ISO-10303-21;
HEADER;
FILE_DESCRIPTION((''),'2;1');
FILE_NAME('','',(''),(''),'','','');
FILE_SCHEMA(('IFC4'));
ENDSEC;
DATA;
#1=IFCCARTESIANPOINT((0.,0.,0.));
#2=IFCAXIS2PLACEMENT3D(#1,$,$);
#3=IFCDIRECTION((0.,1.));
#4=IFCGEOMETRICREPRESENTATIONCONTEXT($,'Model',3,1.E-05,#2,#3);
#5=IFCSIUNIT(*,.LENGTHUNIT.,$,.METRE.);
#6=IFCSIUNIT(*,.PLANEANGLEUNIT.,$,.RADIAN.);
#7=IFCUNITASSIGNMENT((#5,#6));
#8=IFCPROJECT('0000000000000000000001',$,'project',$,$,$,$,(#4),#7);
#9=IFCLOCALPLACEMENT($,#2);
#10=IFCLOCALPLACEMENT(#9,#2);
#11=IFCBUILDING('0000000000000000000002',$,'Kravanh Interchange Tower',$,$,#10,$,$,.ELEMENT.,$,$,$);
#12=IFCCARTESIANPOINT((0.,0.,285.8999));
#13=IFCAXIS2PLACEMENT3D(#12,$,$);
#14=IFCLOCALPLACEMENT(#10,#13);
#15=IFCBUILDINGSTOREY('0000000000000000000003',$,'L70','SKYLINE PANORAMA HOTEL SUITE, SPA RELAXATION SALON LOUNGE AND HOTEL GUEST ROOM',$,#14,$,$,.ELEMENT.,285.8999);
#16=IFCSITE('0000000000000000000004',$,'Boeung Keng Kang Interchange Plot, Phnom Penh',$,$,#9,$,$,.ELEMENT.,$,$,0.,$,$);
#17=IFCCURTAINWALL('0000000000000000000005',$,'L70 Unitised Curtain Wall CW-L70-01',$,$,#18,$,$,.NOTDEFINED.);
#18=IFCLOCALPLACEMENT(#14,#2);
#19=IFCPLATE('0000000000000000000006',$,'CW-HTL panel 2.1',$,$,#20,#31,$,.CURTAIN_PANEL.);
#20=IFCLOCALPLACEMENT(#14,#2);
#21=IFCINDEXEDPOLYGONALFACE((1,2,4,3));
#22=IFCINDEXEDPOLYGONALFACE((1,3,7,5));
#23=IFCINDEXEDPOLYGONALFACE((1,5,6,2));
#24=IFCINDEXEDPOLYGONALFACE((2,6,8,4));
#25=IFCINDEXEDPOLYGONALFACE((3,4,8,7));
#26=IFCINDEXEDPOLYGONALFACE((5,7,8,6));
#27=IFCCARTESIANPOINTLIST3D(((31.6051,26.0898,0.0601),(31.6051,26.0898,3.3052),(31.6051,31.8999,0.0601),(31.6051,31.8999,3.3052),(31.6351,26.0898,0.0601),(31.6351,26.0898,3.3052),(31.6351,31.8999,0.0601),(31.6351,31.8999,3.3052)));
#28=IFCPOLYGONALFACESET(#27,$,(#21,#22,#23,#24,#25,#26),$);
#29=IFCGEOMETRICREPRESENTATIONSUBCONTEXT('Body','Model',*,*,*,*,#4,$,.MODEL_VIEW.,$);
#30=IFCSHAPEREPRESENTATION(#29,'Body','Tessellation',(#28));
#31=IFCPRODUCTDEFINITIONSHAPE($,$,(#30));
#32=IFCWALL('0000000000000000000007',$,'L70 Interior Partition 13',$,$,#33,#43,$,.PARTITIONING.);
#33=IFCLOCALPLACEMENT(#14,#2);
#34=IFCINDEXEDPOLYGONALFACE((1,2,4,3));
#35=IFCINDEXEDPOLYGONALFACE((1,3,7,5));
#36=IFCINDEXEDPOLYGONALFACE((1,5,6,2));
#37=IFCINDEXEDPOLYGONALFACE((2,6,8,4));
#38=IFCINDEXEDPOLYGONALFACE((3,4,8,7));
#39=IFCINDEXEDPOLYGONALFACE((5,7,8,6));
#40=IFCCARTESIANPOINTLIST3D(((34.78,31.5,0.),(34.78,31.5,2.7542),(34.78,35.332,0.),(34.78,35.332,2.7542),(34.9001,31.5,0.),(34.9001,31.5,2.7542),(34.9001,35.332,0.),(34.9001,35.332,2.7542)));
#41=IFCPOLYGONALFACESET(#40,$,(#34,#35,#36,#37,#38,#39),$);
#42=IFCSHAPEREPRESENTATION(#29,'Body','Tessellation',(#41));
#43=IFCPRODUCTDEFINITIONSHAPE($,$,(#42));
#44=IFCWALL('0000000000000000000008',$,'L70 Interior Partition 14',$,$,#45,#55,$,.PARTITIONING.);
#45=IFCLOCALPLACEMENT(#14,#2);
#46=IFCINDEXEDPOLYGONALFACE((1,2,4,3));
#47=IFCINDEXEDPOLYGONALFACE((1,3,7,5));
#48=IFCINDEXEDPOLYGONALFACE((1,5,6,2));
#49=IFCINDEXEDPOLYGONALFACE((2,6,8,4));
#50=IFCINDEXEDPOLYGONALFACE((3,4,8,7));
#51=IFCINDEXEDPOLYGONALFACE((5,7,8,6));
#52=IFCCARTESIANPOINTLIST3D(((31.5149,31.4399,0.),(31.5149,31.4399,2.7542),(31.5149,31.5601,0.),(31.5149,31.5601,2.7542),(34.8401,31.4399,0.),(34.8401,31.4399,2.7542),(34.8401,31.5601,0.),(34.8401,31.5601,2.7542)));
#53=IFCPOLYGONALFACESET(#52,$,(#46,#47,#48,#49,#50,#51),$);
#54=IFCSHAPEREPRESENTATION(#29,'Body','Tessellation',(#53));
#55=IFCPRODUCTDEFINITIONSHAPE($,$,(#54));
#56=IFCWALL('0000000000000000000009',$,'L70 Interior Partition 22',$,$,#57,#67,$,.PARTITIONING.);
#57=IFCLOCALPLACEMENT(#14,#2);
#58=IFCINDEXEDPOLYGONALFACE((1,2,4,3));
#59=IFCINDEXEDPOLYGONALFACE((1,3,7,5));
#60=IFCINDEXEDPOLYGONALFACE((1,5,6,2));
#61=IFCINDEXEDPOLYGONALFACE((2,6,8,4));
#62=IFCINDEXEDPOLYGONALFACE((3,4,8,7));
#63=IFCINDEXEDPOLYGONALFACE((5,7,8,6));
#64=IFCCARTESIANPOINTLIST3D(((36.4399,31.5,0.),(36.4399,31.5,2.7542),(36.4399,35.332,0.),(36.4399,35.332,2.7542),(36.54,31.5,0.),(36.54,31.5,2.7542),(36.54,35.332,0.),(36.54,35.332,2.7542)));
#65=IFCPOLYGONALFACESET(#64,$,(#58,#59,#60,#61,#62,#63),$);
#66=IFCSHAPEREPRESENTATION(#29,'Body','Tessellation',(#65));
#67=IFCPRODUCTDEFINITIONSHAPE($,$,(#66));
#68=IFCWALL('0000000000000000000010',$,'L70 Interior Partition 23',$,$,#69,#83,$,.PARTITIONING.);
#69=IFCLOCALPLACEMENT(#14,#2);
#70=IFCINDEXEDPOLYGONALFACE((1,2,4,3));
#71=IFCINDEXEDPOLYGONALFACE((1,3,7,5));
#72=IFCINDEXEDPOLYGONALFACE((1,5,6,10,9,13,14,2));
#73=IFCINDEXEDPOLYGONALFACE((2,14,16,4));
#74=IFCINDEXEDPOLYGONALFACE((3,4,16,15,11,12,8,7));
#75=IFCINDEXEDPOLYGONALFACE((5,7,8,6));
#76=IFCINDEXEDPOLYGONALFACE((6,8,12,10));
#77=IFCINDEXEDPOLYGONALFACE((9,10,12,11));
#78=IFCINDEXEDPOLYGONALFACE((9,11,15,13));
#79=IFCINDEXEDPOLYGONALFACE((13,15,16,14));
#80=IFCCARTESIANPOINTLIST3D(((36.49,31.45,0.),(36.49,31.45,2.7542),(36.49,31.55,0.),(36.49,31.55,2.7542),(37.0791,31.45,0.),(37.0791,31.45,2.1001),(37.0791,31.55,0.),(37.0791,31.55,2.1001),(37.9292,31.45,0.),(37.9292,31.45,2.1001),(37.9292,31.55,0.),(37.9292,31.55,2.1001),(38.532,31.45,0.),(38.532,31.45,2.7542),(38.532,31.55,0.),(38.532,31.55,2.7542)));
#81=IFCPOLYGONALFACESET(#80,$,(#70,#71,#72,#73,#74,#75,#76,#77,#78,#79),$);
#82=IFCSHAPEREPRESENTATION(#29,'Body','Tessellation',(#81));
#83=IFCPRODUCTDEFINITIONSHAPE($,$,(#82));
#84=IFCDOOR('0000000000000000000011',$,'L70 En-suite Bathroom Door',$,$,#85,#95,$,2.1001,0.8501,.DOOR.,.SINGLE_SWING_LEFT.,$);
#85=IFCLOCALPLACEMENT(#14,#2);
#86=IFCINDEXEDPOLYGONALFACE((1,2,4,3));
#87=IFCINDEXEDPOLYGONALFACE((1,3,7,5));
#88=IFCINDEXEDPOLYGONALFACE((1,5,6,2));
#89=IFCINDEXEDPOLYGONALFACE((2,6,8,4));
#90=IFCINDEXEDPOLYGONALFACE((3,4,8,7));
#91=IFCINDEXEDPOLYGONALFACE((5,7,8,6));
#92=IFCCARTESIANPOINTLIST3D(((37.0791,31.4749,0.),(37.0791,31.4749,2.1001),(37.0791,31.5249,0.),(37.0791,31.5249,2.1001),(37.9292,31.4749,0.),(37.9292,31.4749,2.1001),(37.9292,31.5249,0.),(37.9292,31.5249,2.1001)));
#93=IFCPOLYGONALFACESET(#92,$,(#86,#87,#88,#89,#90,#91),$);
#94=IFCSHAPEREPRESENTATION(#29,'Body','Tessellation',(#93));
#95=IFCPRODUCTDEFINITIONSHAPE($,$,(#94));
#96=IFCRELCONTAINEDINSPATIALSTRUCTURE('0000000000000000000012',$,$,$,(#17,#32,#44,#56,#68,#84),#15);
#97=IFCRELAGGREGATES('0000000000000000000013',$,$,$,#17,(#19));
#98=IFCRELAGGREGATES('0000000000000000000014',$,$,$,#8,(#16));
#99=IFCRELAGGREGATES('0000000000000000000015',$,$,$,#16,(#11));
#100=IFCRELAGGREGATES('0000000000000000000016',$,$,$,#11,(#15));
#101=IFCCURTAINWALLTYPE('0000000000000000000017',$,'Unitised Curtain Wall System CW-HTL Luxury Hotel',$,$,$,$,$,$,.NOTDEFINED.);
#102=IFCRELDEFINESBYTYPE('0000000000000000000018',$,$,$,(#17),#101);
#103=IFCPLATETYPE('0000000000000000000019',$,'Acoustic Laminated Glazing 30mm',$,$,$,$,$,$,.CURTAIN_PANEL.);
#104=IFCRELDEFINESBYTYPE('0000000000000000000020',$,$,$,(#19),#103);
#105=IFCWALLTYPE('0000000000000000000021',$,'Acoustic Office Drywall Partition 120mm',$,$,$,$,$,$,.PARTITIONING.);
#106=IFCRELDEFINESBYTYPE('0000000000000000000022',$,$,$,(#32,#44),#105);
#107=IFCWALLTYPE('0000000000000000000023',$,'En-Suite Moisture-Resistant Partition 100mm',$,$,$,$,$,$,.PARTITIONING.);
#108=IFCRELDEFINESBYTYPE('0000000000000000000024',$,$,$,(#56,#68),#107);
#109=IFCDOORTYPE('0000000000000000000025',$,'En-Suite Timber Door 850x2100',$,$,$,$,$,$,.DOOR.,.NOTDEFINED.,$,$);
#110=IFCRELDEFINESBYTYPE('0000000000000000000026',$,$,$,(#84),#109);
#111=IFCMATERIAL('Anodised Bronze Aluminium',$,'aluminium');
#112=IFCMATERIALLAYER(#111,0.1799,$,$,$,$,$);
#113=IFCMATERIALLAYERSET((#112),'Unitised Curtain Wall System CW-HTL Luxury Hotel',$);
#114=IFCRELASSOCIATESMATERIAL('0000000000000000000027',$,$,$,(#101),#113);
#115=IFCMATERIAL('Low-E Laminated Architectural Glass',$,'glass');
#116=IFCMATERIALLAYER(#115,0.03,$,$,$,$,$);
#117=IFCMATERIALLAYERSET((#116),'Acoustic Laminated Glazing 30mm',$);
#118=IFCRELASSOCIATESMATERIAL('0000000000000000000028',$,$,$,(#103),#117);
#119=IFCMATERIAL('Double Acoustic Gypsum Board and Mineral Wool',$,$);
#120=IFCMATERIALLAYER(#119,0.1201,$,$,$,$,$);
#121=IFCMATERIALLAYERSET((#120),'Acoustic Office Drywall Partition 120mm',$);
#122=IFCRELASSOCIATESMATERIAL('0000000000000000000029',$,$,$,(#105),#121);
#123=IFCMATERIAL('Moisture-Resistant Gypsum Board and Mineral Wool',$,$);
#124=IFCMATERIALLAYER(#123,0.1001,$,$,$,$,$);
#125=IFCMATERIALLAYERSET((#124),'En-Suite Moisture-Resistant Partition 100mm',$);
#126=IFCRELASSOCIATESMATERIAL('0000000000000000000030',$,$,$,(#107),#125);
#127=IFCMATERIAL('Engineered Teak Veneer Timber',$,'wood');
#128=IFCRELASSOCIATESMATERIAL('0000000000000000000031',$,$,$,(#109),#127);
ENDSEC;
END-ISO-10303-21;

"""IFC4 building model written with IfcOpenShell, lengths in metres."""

from ifc_helpers import new_model, si_unit, direction, frame, frame_2d, origin, origin_2d, place, context, subcontext, project, spatial, rectangle, extrude, material, layer, layer_set, type_object, element, fill, aggregate, save


model = new_model("IFC4")

# Units and contexts
model_context = context("Model", 3, precision=1e-05, world=origin(), true_north=direction((0.0, 1.0)))
body_context = subcontext(model_context, "Body", "Model", "MODEL_VIEW")
ifc_project = project(units=[si_unit("LENGTHUNIT", "METRE"), si_unit("PLANEANGLEUNIT", "RADIAN")], contexts=[model_context])

# Site, building, storey
site_placement = place(None, origin())
site = spatial("IfcSite", under=ifc_project, at=site_placement, Name="Boeung Keng Kang Interchange Plot, Phnom Penh", CompositionType="ELEMENT", RefElevation=0.0)
building_placement = place(site_placement, origin())
building = spatial("IfcBuilding", under=site, at=building_placement, Name="Kravanh Interchange Tower", CompositionType="ELEMENT")
storey_placement = place(building_placement, frame((0.0, 0.0, 285.8999)))
storey = spatial("IfcBuildingStorey", under=building, at=storey_placement, Name="L70", Description="SKYLINE PANORAMA HOTEL SUITE, SPA RELAXATION SALON LOUNGE AND HOTEL GUEST ROOM", CompositionType="ELEMENT", Elevation=285.8999)

# Curtain wall, plate
ifc_material_1 = material(Name="Anodised Bronze Aluminium", Category="aluminium")
ifc_layer_1 = layer(ifc_material_1, 0.1799)
ifc_layer_set_1 = layer_set([ifc_layer_1], Name="Unitised Curtain Wall System CW-HTL Luxury Hotel")
curtain_wall_type = type_object("IfcCurtainWallType", Name="Unitised Curtain Wall System CW-HTL Luxury Hotel", PredefinedType="NOTDEFINED", material=ifc_layer_set_1)
curtain_wall_placement = place(storey_placement, origin())
curtain_wall = element("IfcCurtainWall", 1, at=curtain_wall_placement, inside=storey, type_object=curtain_wall_type, Name="L70 Unitised Curtain Wall CW-L70-01", PredefinedType="NOTDEFINED")
ifc_material_2 = material(Name="Low-E Laminated Architectural Glass", Category="glass")
ifc_layer_2 = layer(ifc_material_2, 0.03)
ifc_layer_set_2 = layer_set([ifc_layer_2], Name="Acoustic Laminated Glazing 30mm")
plate_type = type_object("IfcPlateType", Name="Acoustic Laminated Glazing 30mm", PredefinedType="CURTAIN_PANEL", material=ifc_layer_set_2)
plate_placement = place(storey_placement, frame((31.6201, 28.9949, 0.0601), z_axis=(0.0, 0.0, 1.0), x_axis=(0.0, 1.0, 0.0)))
plate = element("IfcPlate", 2, at=plate_placement, type_object=plate_type, Name="CW-HTL panel 2.1", PredefinedType="CURTAIN_PANEL", context=body_context, shape_type="SweptSolid", body=[
    extrude(rectangle(XDim=5.8101, YDim=0.03, at=origin_2d()), origin(), (0.0, 0.0, 1.0), 3.2451),
])
aggregate(curtain_wall, [plate])

# Walls
ifc_material_3 = material(Name="Double Acoustic Gypsum Board and Mineral Wool")
ifc_layer_3 = layer(ifc_material_3, 0.1201)
ifc_layer_set_3 = layer_set([ifc_layer_3], Name="Acoustic Office Drywall Partition 120mm")
wall_type_1 = type_object("IfcWallType", Name="Acoustic Office Drywall Partition 120mm", PredefinedType="PARTITIONING", material=ifc_layer_set_3)
wall_1_placement = place(storey_placement, frame((34.8401, 31.5, 0.0), z_axis=(0.0, 0.0, 1.0), x_axis=(0.0, 1.0, 0.0)))
element("IfcWall", 3, at=wall_1_placement, inside=storey, type_object=wall_type_1, Name="L70 Interior Partition 13", PredefinedType="PARTITIONING", context=body_context, shape_type="SweptSolid", body=[
    extrude(rectangle(XDim=3.832, YDim=0.1201, at=frame_2d((1.916, 0.0))), origin(), (0.0, 0.0, 1.0), 2.7542),
])
wall_2_placement = place(storey_placement, frame((31.5149, 31.5, 0.0), z_axis=(0.0, 0.0, 1.0), x_axis=(1.0, 0.0, 0.0)))
element("IfcWall", 4, at=wall_2_placement, inside=storey, type_object=wall_type_1, Name="L70 Interior Partition 14", PredefinedType="PARTITIONING", context=body_context, shape_type="SweptSolid", body=[
    extrude(rectangle(XDim=3.3252, YDim=0.1201, at=frame_2d((1.6626, 0.0))), origin(), (0.0, 0.0, 1.0), 2.7542),
])
ifc_material_4 = material(Name="Moisture-Resistant Gypsum Board and Mineral Wool")
ifc_layer_4 = layer(ifc_material_4, 0.1001)
ifc_layer_set_4 = layer_set([ifc_layer_4], Name="En-Suite Moisture-Resistant Partition 100mm")
wall_type_2 = type_object("IfcWallType", Name="En-Suite Moisture-Resistant Partition 100mm", PredefinedType="PARTITIONING", material=ifc_layer_set_4)
wall_3_placement = place(storey_placement, frame((36.49, 31.5, 0.0), z_axis=(0.0, 0.0, 1.0), x_axis=(0.0, 1.0, 0.0)))
element("IfcWall", 5, at=wall_3_placement, inside=storey, type_object=wall_type_2, Name="L70 Interior Partition 22", PredefinedType="PARTITIONING", context=body_context, shape_type="SweptSolid", body=[
    extrude(rectangle(XDim=3.832, YDim=0.1001, at=frame_2d((1.916, 0.0))), origin(), (0.0, 0.0, 1.0), 2.7542),
])

# Wall, opening, door
wall_4_placement = place(storey_placement, frame((36.49, 31.5, 0.0), z_axis=(0.0, 0.0, 1.0), x_axis=(1.0, 0.0, 0.0)))
wall_4 = element("IfcWall", 6, at=wall_4_placement, inside=storey, type_object=wall_type_2, Name="L70 Interior Partition 23", PredefinedType="PARTITIONING", context=body_context, shape_type="SweptSolid", body=[
    extrude(rectangle(XDim=2.042, YDim=0.1001, at=frame_2d((1.021, 0.0))), origin(), (0.0, 0.0, 1.0), 2.7542),
])
opening_placement = place(wall_4_placement, frame((0.5891, 0.0, 0.0)))
opening = element("IfcOpeningElement", 7, at=opening_placement, cuts=wall_4, PredefinedType="OPENING", context=body_context, shape_type="SweptSolid", body=[
    extrude(rectangle(XDim=0.8501, YDim=2.1001, at=frame_2d((0.425, 1.05))), frame((0.0, 0.0601, 0.0), z_axis=(0.0, -1.0, 0.0), x_axis=(1.0, 0.0, 0.0)), (0.0, 0.0, 1.0), 0.1201),
])
ifc_material_5 = material(Name="Engineered Teak Veneer Timber", Category="wood")
door_type = type_object("IfcDoorType", Name="En-Suite Timber Door 850x2100", OperationType="NOTDEFINED", PredefinedType="DOOR", material=ifc_material_5)
door_placement = place(opening_placement, origin())
door = element("IfcDoor", 8, at=door_placement, inside=storey, type_object=door_type, Name="L70 En-suite Bathroom Door", OperationType="SINGLE_SWING_LEFT", OverallHeight=2.1001, OverallWidth=0.8501, PredefinedType="DOOR", context=body_context, shape_type="SweptSolid", body=[
    extrude(rectangle(XDim=0.8501, YDim=2.1001, at=frame_2d((0.425, 1.05))), frame((0.0, 0.0249, 0.0), z_axis=(0.0, -1.0, 0.0), x_axis=(1.0, 0.0, 0.0)), (0.0, 0.0, 1.0), 0.05),
])
fill(opening, door)

save(model, "model.ifc")
